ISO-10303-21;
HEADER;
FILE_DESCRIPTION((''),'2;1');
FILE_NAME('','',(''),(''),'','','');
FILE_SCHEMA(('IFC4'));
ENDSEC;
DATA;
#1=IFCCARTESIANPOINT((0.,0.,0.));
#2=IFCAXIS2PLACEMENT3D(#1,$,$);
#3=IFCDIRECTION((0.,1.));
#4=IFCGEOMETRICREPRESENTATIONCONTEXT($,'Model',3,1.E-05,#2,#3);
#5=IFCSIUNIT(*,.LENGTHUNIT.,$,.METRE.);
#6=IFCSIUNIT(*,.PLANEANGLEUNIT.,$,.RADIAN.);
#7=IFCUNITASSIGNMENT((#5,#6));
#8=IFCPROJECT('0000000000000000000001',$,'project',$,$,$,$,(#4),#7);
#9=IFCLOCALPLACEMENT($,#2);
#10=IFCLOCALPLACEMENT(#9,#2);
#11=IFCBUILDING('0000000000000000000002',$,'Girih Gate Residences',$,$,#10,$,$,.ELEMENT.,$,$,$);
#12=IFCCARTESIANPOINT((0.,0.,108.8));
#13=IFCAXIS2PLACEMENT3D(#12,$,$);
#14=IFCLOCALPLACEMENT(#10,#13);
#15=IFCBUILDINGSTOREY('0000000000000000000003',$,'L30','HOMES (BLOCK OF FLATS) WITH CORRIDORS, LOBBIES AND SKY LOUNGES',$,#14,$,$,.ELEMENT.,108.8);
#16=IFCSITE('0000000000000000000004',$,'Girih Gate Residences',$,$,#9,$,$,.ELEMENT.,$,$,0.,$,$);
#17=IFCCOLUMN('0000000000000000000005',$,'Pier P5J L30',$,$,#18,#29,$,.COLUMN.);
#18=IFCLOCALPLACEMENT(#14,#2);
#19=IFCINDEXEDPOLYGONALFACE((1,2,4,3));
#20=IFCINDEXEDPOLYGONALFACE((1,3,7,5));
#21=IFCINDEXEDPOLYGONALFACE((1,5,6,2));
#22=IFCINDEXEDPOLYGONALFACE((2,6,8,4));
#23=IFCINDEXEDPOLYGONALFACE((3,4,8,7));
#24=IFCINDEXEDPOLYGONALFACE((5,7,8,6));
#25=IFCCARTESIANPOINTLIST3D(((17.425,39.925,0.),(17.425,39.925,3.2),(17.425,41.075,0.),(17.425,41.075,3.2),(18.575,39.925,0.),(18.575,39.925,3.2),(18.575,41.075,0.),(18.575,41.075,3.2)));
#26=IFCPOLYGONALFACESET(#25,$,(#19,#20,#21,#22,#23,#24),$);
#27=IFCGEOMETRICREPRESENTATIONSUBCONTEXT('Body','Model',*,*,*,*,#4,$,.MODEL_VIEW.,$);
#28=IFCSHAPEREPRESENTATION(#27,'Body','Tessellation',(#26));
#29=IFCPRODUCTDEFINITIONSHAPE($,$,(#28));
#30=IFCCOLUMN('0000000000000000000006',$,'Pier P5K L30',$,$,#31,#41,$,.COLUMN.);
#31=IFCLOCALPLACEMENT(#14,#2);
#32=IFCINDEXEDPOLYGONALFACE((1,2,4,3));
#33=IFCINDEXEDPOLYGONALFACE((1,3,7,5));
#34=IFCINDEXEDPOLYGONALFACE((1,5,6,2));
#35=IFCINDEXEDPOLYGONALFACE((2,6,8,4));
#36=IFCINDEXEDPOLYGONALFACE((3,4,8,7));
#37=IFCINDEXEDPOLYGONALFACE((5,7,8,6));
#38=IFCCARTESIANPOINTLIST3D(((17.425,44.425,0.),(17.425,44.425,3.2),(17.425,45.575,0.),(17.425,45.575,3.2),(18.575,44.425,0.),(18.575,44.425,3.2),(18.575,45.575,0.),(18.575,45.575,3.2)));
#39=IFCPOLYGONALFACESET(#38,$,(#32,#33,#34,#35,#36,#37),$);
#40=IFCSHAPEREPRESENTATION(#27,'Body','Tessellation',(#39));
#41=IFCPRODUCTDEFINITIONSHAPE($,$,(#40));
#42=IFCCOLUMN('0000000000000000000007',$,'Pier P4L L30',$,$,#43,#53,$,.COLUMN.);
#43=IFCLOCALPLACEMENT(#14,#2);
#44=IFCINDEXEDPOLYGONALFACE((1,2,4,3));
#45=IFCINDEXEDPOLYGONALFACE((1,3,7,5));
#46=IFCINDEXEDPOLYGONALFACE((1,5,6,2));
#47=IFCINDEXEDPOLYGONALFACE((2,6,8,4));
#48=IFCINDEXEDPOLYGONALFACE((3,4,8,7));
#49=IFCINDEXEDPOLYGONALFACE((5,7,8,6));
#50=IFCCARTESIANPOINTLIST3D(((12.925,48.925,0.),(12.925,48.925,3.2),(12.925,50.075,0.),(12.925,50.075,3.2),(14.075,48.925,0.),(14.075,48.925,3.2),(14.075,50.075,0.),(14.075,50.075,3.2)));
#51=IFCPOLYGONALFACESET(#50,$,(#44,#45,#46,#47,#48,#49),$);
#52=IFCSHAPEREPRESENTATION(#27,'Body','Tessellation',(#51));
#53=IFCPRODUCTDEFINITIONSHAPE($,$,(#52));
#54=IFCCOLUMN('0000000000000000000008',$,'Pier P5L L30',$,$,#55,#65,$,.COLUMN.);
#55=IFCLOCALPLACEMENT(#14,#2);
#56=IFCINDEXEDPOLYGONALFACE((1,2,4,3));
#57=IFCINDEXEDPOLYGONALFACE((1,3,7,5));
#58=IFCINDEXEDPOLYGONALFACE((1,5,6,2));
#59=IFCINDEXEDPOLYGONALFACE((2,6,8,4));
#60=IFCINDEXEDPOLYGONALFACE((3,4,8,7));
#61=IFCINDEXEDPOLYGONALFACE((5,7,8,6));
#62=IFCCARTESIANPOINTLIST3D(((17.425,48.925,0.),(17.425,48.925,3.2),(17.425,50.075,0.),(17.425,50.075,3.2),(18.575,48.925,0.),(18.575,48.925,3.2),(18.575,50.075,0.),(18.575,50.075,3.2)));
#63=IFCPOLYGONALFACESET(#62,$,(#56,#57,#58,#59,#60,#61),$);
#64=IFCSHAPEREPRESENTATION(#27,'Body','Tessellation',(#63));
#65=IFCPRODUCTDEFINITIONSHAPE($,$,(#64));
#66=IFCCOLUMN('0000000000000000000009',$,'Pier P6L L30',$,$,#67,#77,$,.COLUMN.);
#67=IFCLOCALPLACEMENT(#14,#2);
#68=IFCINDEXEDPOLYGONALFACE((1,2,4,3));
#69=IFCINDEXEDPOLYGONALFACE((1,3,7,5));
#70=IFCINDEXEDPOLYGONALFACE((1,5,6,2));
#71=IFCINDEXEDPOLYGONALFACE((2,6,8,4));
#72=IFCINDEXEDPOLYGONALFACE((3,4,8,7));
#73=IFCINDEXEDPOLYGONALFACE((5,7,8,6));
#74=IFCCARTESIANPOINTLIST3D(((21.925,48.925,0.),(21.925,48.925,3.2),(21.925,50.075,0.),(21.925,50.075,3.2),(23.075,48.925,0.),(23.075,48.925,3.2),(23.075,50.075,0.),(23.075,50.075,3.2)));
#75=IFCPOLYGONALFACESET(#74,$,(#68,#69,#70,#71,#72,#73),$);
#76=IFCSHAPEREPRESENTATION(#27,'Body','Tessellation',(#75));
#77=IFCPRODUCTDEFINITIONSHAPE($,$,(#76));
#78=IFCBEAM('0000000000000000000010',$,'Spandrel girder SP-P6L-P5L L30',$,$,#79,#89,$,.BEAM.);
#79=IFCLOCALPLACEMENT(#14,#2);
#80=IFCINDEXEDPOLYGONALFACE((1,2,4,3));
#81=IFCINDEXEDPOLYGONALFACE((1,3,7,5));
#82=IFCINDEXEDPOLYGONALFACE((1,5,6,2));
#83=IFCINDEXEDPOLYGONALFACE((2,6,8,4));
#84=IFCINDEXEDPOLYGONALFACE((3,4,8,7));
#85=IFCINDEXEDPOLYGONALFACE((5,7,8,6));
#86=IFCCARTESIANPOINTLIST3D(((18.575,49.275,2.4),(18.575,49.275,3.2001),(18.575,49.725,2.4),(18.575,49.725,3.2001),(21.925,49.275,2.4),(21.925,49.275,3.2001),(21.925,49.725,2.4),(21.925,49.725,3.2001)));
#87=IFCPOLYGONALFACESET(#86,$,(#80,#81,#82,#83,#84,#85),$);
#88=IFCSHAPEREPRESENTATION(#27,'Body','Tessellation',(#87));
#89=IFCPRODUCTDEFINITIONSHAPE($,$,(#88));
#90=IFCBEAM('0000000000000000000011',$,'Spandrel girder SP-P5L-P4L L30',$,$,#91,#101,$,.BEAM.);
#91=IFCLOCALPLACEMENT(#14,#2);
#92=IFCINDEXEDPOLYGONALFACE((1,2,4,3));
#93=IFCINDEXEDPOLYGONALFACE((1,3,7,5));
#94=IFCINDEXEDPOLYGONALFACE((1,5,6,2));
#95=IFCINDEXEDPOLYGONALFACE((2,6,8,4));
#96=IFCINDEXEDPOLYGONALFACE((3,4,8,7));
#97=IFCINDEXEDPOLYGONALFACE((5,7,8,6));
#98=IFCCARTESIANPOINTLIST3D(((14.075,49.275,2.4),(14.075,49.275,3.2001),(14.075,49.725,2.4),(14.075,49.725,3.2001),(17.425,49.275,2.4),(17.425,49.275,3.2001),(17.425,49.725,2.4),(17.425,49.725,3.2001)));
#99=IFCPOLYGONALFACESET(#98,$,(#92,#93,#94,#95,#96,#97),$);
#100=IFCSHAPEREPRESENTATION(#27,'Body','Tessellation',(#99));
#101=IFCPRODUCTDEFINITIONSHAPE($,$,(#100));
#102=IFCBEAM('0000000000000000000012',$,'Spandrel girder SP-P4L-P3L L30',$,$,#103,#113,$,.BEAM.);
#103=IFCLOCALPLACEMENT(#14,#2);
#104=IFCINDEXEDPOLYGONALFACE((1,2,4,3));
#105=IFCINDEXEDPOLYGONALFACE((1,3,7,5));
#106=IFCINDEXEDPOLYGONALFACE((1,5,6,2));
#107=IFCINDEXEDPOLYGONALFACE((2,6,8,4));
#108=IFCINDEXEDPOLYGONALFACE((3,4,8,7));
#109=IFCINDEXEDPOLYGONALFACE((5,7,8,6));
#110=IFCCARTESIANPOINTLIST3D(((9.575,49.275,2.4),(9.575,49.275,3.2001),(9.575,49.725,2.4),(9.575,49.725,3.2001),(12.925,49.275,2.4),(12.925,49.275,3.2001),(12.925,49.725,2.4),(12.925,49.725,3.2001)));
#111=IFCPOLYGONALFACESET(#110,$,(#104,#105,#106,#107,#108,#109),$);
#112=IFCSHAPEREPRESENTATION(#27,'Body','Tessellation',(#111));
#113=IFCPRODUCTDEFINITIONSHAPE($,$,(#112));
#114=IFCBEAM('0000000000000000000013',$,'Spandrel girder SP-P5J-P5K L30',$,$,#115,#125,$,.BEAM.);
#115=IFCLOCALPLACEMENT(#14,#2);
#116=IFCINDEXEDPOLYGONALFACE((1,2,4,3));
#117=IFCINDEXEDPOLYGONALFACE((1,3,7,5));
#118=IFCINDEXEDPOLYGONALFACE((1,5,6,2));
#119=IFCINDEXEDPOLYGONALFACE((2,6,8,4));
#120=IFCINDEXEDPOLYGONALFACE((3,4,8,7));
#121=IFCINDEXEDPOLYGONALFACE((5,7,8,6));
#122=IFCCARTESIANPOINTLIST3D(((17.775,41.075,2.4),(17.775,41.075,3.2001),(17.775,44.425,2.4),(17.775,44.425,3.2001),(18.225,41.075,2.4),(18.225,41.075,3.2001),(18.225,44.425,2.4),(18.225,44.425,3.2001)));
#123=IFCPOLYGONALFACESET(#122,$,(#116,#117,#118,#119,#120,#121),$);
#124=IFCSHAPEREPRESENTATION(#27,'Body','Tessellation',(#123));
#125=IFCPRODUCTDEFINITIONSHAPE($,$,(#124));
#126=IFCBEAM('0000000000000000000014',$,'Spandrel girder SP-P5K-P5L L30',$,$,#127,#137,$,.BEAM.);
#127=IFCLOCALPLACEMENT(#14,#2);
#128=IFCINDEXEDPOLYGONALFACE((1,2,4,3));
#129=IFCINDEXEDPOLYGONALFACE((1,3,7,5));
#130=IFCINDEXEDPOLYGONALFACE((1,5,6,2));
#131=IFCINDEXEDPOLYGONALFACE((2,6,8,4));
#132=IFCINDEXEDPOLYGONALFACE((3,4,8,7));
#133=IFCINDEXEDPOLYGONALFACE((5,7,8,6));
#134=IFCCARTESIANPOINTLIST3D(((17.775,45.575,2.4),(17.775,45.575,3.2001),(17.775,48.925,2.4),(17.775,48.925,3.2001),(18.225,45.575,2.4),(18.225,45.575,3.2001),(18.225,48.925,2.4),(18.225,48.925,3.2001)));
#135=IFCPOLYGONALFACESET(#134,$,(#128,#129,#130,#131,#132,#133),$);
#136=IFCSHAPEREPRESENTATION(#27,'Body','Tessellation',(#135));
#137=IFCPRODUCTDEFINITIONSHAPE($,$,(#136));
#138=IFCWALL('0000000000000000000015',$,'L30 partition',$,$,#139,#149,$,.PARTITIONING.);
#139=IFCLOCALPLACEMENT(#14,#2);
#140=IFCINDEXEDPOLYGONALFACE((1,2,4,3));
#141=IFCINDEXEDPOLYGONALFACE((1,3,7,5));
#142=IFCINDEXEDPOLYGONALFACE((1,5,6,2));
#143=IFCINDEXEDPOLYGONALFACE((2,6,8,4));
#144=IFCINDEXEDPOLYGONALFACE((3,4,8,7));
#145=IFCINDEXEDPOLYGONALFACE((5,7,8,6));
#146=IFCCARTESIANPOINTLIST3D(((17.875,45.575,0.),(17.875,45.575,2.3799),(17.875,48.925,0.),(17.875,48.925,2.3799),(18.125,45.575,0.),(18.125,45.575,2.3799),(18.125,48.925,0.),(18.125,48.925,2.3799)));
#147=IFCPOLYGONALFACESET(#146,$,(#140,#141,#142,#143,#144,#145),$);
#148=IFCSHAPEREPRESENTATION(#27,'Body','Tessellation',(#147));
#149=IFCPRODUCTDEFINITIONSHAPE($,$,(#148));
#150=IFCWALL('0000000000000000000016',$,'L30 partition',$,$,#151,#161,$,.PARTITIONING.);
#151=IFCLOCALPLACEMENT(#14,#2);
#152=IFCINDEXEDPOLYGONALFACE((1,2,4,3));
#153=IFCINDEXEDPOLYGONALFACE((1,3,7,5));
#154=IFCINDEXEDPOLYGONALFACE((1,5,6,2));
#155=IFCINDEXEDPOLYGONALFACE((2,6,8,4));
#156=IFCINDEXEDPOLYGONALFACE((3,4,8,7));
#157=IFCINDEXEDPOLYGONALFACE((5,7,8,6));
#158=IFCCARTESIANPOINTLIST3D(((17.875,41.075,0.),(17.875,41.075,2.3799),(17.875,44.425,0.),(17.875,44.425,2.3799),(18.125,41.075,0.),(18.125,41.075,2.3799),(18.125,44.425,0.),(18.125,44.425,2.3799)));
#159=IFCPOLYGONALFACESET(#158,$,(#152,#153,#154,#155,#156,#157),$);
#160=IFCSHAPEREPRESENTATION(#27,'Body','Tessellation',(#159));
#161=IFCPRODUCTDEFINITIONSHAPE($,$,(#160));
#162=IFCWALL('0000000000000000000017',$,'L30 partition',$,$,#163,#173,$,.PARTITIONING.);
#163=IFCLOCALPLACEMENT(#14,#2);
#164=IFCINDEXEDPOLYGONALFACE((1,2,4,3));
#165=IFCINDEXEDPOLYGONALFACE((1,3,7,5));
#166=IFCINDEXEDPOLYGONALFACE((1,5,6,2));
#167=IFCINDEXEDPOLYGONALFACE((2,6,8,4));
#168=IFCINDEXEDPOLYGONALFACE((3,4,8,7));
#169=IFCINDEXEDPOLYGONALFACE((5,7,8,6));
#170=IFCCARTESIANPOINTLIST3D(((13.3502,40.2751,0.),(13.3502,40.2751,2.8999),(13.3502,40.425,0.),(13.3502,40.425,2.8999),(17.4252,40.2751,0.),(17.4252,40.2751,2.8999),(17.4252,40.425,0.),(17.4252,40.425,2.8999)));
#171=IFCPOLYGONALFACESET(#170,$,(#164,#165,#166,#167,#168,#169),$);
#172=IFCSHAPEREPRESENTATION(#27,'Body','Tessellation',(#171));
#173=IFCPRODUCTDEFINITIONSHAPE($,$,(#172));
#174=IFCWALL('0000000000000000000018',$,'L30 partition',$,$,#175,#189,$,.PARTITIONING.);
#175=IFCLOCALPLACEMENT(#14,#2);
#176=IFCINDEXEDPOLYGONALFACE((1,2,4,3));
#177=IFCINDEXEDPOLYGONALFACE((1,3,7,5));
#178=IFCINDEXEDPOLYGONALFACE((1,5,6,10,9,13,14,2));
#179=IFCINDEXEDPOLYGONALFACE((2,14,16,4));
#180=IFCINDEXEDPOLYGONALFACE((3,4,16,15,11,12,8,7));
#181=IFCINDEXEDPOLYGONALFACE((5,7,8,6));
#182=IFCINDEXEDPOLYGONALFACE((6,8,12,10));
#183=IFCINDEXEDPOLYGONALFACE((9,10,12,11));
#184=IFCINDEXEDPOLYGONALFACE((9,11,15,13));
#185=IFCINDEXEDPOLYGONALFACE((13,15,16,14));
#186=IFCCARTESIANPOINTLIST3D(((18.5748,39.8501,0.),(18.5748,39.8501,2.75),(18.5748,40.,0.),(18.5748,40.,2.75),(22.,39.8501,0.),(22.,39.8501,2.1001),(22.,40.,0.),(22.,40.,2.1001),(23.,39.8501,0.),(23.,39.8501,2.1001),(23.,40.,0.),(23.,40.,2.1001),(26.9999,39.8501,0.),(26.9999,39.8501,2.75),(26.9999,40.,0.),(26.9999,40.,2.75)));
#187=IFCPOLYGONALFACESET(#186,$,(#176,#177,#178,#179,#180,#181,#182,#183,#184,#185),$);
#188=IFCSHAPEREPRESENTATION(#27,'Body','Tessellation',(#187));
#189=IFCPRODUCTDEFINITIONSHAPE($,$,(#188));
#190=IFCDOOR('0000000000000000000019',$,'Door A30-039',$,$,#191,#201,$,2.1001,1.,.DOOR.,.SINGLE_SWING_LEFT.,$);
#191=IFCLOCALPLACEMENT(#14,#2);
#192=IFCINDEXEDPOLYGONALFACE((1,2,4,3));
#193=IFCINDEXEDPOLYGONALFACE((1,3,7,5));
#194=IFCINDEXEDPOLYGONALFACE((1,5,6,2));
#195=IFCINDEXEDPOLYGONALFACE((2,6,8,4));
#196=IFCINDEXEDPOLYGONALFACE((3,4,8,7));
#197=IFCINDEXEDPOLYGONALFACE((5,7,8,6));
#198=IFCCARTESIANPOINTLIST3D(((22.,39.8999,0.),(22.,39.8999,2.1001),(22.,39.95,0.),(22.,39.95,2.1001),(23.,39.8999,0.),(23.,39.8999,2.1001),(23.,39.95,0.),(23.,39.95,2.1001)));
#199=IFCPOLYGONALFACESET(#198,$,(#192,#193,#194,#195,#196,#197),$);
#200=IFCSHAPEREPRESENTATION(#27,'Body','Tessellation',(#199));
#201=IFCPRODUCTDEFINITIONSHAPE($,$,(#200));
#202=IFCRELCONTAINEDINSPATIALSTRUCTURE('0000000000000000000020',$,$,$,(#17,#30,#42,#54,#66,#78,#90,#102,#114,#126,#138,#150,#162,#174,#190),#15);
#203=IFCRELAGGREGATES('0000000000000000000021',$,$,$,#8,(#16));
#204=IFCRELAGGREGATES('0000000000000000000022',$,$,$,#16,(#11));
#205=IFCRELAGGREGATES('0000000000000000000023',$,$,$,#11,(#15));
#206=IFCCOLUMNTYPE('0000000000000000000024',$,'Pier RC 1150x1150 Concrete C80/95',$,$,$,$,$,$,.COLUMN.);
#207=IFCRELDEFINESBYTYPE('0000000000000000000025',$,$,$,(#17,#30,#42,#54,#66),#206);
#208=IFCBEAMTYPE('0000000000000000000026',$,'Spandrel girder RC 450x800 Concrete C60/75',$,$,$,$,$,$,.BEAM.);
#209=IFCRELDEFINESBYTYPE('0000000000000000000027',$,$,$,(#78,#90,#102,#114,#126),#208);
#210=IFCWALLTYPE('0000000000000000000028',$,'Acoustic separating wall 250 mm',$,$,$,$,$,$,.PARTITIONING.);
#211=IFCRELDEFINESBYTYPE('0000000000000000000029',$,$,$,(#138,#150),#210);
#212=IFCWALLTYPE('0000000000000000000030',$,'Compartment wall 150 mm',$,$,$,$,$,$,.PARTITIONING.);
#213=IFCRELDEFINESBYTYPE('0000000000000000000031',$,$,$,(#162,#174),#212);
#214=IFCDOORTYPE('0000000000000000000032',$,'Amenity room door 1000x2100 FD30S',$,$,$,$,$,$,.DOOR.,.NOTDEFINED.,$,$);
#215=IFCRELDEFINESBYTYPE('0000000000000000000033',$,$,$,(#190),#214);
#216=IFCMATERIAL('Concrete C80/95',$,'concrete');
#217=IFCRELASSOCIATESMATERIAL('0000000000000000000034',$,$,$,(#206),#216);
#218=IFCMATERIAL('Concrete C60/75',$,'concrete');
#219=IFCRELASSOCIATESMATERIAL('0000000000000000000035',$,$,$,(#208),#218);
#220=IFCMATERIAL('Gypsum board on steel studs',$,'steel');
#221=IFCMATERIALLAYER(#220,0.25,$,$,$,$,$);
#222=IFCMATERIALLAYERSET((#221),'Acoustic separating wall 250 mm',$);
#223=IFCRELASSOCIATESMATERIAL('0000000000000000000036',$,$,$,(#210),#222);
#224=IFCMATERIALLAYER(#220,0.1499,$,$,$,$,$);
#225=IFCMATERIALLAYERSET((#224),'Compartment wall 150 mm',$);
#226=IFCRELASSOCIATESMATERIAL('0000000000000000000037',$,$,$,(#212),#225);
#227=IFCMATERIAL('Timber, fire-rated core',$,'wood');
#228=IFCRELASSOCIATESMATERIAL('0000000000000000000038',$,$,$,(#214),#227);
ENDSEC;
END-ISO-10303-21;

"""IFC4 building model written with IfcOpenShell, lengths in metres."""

from ifc_helpers import new_model, si_unit, direction, frame, frame_2d, origin, origin_2d, place, context, subcontext, project, spatial, rectangle, extrude, material, layer, layer_set, material_profile, profile_set, type_object, element, fill, save


model = new_model("IFC4")

# Units and contexts
model_context = context("Model", 3, precision=1e-05, world=origin(), true_north=direction((0.0, 1.0)))
body_context = subcontext(model_context, "Body", "Model", "MODEL_VIEW")
ifc_project = project(units=[si_unit("LENGTHUNIT", "METRE"), si_unit("PLANEANGLEUNIT", "RADIAN")], contexts=[model_context])

# Site, building, storey
site_placement = place(None, origin())
site = spatial("IfcSite", under=ifc_project, at=site_placement, Name="Girih Gate Residences", CompositionType="ELEMENT", RefElevation=0.0)
building_placement = place(site_placement, origin())
building = spatial("IfcBuilding", under=site, at=building_placement, Name="Girih Gate Residences", CompositionType="ELEMENT")
storey_placement = place(building_placement, frame((0.0, 0.0, 108.8)))
storey = spatial("IfcBuildingStorey", under=building, at=storey_placement, Name="L30", Description="HOMES (BLOCK OF FLATS) WITH CORRIDORS, LOBBIES AND SKY LOUNGES", CompositionType="ELEMENT", Elevation=108.8)

# Columns
ifc_material_1 = material(Name="Concrete C80/95", Category="concrete")
ifc_material_profile_1 = material_profile(ifc_material_1, rectangle(XDim=1.1499, YDim=1.1499, at=origin_2d()))
ifc_profile_set_1 = profile_set([ifc_material_profile_1], Name="Concrete C80/95")
column_type = type_object("IfcColumnType", Name="Pier RC 1150x1150 Concrete C80/95", PredefinedType="COLUMN", material=ifc_profile_set_1)
for number, where, z_axis, x_axis, name in (
    (1, (18.0, 40.5, 0.0), (0.0, 0.0, 1.0), (1.0, 0.0, 0.0), "Pier P5J L30"),
    (2, (18.0, 45.0, 0.0), (0.0, 0.0, 1.0), (1.0, 0.0, 0.0), "Pier P5K L30"),
    (3, (13.5, 49.5, 0.0), (0.0, 0.0, 1.0), (1.0, 0.0, 0.0), "Pier P4L L30"),
    (4, (18.0, 49.5, 0.0), (0.0, 0.0, 1.0), (1.0, 0.0, 0.0), "Pier P5L L30"),
    (5, (22.5, 49.5, 0.0), (0.0, 0.0, 1.0), (1.0, 0.0, 0.0), "Pier P6L L30"),
):
    element("IfcColumn", number, at=place(storey_placement, frame(where, z_axis=z_axis, x_axis=x_axis)), inside=storey, type_object=column_type, Name=name, PredefinedType="COLUMN", context=body_context, shape_type="SweptSolid", body=[
        extrude(rectangle(XDim=1.1499, YDim=1.1499, at=origin_2d()), origin(), (0.0, 0.0, 1.0), 3.2),
    ])

# Beams
ifc_material_2 = material(Name="Concrete C60/75", Category="concrete")
ifc_material_profile_2 = material_profile(ifc_material_2, rectangle(XDim=0.45, YDim=0.8, at=origin_2d()))
ifc_profile_set_2 = profile_set([ifc_material_profile_2], Name="Concrete C60/75")
beam_type = type_object("IfcBeamType", Name="Spandrel girder RC 450x800 Concrete C60/75", PredefinedType="BEAM", material=ifc_profile_set_2)
for number, where, z_axis, x_axis, name in (
    (6, (21.925, 49.5, 2.8), (-1.0, 0.0, 0.0), (0.0, -1.0, 0.0), "Spandrel girder SP-P6L-P5L L30"),
    (7, (17.425, 49.5, 2.8), (-1.0, 0.0, 0.0), (0.0, -1.0, 0.0), "Spandrel girder SP-P5L-P4L L30"),
    (8, (12.925, 49.5, 2.8), (-1.0, 0.0, 0.0), (0.0, -1.0, 0.0), "Spandrel girder SP-P4L-P3L L30"),
    (9, (18.0, 41.075, 2.8), (0.0, 1.0, 0.0), (-1.0, 0.0, 0.0), "Spandrel girder SP-P5J-P5K L30"),
    (10, (18.0, 45.575, 2.8), (0.0, 1.0, 0.0), (-1.0, 0.0, 0.0), "Spandrel girder SP-P5K-P5L L30"),
):
    element("IfcBeam", number, at=place(storey_placement, frame(where, z_axis=z_axis, x_axis=x_axis)), inside=storey, type_object=beam_type, Name=name, PredefinedType="BEAM", context=body_context, shape_type="SweptSolid", body=[
        extrude(rectangle(XDim=0.45, YDim=0.8, at=origin_2d()), origin(), (0.0, 0.0, 1.0), 3.3501),
    ])

# Walls
ifc_material_3 = material(Name="Gypsum board on steel studs", Category="steel")
ifc_layer_1 = layer(ifc_material_3, 0.25)
ifc_layer_set_1 = layer_set([ifc_layer_1], Name="Acoustic separating wall 250 mm")
wall_type_1 = type_object("IfcWallType", Name="Acoustic separating wall 250 mm", PredefinedType="PARTITIONING", material=ifc_layer_set_1)
for number, where, z_axis, x_axis, name in (
    (11, (18.0, 45.575, 0.0), (0.0, 0.0, 1.0), (0.0, 1.0, 0.0), "L30 partition"),
    (12, (18.0, 41.075, 0.0), (0.0, 0.0, 1.0), (0.0, 1.0, 0.0), "L30 partition"),
):
    element("IfcWall", number, at=place(storey_placement, frame(where, z_axis=z_axis, x_axis=x_axis)), inside=storey, type_object=wall_type_1, Name=name, PredefinedType="PARTITIONING", context=body_context, shape_type="SweptSolid", body=[
        extrude(rectangle(XDim=3.3501, YDim=0.25, at=frame_2d((1.675, 0.0))), origin(), (0.0, 0.0, 1.0), 2.3799),
    ])
ifc_layer_2 = layer(ifc_material_3, 0.1499)
ifc_layer_set_2 = layer_set([ifc_layer_2], Name="Compartment wall 150 mm")
wall_type_2 = type_object("IfcWallType", Name="Compartment wall 150 mm", PredefinedType="PARTITIONING", material=ifc_layer_set_2)
wall_1_placement = place(storey_placement, frame((13.3501, 40.3501, 0.0), z_axis=(0.0, 0.0, 1.0), x_axis=(1.0, 0.0, 0.0)))
element("IfcWall", 13, at=wall_1_placement, inside=storey, type_object=wall_type_2, Name="L30 partition", PredefinedType="PARTITIONING", context=body_context, shape_type="SweptSolid", body=[
    extrude(rectangle(XDim=4.075, YDim=0.1499, at=frame_2d((2.0376, 0.0))), origin(), (0.0, 0.0, 1.0), 2.8999),
])

# Wall, opening, door
wall_2_placement = place(storey_placement, frame((18.575, 39.925, 0.0), z_axis=(0.0, 0.0, 1.0), x_axis=(1.0, 0.0, 0.0)))
wall_2 = element("IfcWall", 14, at=wall_2_placement, inside=storey, type_object=wall_type_2, Name="L30 partition", PredefinedType="PARTITIONING", context=body_context, shape_type="SweptSolid", body=[
    extrude(rectangle(XDim=8.425, YDim=0.1499, at=frame_2d((4.2124, 0.0))), origin(), (0.0, 0.0, 1.0), 2.75),
])
opening_1_placement = place(wall_2_placement, frame((3.425, 0.0, 0.0)))
opening_1 = element("IfcOpeningElement", 15, at=opening_1_placement, cuts=wall_2, PredefinedType="OPENING", context=body_context, shape_type="SweptSolid", body=[
    extrude(rectangle(XDim=1.0, YDim=2.1001, at=frame_2d((0.5, 1.05))), frame((0.0, 0.085, 0.0), z_axis=(0.0, -1.0, 0.0), x_axis=(1.0, 0.0, 0.0)), (0.0, 0.0, 1.0), 0.1699),
])
ifc_material_4 = material(Name="Timber, fire-rated core", Category="wood")
door_type_1 = type_object("IfcDoorType", Name="Amenity room door 1000x2100 FD30S", OperationType="NOTDEFINED", PredefinedType="DOOR", material=ifc_material_4)
door_1_placement = place(opening_1_placement, origin())
door_1 = element("IfcDoor", 16, at=door_1_placement, inside=storey, type_object=door_type_1, Name="Door A30-039", OperationType="SINGLE_SWING_LEFT", OverallHeight=2.1001, OverallWidth=1.0, PredefinedType="DOOR", context=body_context, shape_type="SweptSolid", body=[
    extrude(rectangle(XDim=1.0, YDim=2.1001, at=frame_2d((0.5, 1.05))), frame((0.0, 0.0249, 0.0), z_axis=(0.0, -1.0, 0.0), x_axis=(1.0, 0.0, 0.0)), (0.0, 0.0, 1.0), 0.05),
])
fill(opening_1, door_1)

save(model, "model.ifc")
